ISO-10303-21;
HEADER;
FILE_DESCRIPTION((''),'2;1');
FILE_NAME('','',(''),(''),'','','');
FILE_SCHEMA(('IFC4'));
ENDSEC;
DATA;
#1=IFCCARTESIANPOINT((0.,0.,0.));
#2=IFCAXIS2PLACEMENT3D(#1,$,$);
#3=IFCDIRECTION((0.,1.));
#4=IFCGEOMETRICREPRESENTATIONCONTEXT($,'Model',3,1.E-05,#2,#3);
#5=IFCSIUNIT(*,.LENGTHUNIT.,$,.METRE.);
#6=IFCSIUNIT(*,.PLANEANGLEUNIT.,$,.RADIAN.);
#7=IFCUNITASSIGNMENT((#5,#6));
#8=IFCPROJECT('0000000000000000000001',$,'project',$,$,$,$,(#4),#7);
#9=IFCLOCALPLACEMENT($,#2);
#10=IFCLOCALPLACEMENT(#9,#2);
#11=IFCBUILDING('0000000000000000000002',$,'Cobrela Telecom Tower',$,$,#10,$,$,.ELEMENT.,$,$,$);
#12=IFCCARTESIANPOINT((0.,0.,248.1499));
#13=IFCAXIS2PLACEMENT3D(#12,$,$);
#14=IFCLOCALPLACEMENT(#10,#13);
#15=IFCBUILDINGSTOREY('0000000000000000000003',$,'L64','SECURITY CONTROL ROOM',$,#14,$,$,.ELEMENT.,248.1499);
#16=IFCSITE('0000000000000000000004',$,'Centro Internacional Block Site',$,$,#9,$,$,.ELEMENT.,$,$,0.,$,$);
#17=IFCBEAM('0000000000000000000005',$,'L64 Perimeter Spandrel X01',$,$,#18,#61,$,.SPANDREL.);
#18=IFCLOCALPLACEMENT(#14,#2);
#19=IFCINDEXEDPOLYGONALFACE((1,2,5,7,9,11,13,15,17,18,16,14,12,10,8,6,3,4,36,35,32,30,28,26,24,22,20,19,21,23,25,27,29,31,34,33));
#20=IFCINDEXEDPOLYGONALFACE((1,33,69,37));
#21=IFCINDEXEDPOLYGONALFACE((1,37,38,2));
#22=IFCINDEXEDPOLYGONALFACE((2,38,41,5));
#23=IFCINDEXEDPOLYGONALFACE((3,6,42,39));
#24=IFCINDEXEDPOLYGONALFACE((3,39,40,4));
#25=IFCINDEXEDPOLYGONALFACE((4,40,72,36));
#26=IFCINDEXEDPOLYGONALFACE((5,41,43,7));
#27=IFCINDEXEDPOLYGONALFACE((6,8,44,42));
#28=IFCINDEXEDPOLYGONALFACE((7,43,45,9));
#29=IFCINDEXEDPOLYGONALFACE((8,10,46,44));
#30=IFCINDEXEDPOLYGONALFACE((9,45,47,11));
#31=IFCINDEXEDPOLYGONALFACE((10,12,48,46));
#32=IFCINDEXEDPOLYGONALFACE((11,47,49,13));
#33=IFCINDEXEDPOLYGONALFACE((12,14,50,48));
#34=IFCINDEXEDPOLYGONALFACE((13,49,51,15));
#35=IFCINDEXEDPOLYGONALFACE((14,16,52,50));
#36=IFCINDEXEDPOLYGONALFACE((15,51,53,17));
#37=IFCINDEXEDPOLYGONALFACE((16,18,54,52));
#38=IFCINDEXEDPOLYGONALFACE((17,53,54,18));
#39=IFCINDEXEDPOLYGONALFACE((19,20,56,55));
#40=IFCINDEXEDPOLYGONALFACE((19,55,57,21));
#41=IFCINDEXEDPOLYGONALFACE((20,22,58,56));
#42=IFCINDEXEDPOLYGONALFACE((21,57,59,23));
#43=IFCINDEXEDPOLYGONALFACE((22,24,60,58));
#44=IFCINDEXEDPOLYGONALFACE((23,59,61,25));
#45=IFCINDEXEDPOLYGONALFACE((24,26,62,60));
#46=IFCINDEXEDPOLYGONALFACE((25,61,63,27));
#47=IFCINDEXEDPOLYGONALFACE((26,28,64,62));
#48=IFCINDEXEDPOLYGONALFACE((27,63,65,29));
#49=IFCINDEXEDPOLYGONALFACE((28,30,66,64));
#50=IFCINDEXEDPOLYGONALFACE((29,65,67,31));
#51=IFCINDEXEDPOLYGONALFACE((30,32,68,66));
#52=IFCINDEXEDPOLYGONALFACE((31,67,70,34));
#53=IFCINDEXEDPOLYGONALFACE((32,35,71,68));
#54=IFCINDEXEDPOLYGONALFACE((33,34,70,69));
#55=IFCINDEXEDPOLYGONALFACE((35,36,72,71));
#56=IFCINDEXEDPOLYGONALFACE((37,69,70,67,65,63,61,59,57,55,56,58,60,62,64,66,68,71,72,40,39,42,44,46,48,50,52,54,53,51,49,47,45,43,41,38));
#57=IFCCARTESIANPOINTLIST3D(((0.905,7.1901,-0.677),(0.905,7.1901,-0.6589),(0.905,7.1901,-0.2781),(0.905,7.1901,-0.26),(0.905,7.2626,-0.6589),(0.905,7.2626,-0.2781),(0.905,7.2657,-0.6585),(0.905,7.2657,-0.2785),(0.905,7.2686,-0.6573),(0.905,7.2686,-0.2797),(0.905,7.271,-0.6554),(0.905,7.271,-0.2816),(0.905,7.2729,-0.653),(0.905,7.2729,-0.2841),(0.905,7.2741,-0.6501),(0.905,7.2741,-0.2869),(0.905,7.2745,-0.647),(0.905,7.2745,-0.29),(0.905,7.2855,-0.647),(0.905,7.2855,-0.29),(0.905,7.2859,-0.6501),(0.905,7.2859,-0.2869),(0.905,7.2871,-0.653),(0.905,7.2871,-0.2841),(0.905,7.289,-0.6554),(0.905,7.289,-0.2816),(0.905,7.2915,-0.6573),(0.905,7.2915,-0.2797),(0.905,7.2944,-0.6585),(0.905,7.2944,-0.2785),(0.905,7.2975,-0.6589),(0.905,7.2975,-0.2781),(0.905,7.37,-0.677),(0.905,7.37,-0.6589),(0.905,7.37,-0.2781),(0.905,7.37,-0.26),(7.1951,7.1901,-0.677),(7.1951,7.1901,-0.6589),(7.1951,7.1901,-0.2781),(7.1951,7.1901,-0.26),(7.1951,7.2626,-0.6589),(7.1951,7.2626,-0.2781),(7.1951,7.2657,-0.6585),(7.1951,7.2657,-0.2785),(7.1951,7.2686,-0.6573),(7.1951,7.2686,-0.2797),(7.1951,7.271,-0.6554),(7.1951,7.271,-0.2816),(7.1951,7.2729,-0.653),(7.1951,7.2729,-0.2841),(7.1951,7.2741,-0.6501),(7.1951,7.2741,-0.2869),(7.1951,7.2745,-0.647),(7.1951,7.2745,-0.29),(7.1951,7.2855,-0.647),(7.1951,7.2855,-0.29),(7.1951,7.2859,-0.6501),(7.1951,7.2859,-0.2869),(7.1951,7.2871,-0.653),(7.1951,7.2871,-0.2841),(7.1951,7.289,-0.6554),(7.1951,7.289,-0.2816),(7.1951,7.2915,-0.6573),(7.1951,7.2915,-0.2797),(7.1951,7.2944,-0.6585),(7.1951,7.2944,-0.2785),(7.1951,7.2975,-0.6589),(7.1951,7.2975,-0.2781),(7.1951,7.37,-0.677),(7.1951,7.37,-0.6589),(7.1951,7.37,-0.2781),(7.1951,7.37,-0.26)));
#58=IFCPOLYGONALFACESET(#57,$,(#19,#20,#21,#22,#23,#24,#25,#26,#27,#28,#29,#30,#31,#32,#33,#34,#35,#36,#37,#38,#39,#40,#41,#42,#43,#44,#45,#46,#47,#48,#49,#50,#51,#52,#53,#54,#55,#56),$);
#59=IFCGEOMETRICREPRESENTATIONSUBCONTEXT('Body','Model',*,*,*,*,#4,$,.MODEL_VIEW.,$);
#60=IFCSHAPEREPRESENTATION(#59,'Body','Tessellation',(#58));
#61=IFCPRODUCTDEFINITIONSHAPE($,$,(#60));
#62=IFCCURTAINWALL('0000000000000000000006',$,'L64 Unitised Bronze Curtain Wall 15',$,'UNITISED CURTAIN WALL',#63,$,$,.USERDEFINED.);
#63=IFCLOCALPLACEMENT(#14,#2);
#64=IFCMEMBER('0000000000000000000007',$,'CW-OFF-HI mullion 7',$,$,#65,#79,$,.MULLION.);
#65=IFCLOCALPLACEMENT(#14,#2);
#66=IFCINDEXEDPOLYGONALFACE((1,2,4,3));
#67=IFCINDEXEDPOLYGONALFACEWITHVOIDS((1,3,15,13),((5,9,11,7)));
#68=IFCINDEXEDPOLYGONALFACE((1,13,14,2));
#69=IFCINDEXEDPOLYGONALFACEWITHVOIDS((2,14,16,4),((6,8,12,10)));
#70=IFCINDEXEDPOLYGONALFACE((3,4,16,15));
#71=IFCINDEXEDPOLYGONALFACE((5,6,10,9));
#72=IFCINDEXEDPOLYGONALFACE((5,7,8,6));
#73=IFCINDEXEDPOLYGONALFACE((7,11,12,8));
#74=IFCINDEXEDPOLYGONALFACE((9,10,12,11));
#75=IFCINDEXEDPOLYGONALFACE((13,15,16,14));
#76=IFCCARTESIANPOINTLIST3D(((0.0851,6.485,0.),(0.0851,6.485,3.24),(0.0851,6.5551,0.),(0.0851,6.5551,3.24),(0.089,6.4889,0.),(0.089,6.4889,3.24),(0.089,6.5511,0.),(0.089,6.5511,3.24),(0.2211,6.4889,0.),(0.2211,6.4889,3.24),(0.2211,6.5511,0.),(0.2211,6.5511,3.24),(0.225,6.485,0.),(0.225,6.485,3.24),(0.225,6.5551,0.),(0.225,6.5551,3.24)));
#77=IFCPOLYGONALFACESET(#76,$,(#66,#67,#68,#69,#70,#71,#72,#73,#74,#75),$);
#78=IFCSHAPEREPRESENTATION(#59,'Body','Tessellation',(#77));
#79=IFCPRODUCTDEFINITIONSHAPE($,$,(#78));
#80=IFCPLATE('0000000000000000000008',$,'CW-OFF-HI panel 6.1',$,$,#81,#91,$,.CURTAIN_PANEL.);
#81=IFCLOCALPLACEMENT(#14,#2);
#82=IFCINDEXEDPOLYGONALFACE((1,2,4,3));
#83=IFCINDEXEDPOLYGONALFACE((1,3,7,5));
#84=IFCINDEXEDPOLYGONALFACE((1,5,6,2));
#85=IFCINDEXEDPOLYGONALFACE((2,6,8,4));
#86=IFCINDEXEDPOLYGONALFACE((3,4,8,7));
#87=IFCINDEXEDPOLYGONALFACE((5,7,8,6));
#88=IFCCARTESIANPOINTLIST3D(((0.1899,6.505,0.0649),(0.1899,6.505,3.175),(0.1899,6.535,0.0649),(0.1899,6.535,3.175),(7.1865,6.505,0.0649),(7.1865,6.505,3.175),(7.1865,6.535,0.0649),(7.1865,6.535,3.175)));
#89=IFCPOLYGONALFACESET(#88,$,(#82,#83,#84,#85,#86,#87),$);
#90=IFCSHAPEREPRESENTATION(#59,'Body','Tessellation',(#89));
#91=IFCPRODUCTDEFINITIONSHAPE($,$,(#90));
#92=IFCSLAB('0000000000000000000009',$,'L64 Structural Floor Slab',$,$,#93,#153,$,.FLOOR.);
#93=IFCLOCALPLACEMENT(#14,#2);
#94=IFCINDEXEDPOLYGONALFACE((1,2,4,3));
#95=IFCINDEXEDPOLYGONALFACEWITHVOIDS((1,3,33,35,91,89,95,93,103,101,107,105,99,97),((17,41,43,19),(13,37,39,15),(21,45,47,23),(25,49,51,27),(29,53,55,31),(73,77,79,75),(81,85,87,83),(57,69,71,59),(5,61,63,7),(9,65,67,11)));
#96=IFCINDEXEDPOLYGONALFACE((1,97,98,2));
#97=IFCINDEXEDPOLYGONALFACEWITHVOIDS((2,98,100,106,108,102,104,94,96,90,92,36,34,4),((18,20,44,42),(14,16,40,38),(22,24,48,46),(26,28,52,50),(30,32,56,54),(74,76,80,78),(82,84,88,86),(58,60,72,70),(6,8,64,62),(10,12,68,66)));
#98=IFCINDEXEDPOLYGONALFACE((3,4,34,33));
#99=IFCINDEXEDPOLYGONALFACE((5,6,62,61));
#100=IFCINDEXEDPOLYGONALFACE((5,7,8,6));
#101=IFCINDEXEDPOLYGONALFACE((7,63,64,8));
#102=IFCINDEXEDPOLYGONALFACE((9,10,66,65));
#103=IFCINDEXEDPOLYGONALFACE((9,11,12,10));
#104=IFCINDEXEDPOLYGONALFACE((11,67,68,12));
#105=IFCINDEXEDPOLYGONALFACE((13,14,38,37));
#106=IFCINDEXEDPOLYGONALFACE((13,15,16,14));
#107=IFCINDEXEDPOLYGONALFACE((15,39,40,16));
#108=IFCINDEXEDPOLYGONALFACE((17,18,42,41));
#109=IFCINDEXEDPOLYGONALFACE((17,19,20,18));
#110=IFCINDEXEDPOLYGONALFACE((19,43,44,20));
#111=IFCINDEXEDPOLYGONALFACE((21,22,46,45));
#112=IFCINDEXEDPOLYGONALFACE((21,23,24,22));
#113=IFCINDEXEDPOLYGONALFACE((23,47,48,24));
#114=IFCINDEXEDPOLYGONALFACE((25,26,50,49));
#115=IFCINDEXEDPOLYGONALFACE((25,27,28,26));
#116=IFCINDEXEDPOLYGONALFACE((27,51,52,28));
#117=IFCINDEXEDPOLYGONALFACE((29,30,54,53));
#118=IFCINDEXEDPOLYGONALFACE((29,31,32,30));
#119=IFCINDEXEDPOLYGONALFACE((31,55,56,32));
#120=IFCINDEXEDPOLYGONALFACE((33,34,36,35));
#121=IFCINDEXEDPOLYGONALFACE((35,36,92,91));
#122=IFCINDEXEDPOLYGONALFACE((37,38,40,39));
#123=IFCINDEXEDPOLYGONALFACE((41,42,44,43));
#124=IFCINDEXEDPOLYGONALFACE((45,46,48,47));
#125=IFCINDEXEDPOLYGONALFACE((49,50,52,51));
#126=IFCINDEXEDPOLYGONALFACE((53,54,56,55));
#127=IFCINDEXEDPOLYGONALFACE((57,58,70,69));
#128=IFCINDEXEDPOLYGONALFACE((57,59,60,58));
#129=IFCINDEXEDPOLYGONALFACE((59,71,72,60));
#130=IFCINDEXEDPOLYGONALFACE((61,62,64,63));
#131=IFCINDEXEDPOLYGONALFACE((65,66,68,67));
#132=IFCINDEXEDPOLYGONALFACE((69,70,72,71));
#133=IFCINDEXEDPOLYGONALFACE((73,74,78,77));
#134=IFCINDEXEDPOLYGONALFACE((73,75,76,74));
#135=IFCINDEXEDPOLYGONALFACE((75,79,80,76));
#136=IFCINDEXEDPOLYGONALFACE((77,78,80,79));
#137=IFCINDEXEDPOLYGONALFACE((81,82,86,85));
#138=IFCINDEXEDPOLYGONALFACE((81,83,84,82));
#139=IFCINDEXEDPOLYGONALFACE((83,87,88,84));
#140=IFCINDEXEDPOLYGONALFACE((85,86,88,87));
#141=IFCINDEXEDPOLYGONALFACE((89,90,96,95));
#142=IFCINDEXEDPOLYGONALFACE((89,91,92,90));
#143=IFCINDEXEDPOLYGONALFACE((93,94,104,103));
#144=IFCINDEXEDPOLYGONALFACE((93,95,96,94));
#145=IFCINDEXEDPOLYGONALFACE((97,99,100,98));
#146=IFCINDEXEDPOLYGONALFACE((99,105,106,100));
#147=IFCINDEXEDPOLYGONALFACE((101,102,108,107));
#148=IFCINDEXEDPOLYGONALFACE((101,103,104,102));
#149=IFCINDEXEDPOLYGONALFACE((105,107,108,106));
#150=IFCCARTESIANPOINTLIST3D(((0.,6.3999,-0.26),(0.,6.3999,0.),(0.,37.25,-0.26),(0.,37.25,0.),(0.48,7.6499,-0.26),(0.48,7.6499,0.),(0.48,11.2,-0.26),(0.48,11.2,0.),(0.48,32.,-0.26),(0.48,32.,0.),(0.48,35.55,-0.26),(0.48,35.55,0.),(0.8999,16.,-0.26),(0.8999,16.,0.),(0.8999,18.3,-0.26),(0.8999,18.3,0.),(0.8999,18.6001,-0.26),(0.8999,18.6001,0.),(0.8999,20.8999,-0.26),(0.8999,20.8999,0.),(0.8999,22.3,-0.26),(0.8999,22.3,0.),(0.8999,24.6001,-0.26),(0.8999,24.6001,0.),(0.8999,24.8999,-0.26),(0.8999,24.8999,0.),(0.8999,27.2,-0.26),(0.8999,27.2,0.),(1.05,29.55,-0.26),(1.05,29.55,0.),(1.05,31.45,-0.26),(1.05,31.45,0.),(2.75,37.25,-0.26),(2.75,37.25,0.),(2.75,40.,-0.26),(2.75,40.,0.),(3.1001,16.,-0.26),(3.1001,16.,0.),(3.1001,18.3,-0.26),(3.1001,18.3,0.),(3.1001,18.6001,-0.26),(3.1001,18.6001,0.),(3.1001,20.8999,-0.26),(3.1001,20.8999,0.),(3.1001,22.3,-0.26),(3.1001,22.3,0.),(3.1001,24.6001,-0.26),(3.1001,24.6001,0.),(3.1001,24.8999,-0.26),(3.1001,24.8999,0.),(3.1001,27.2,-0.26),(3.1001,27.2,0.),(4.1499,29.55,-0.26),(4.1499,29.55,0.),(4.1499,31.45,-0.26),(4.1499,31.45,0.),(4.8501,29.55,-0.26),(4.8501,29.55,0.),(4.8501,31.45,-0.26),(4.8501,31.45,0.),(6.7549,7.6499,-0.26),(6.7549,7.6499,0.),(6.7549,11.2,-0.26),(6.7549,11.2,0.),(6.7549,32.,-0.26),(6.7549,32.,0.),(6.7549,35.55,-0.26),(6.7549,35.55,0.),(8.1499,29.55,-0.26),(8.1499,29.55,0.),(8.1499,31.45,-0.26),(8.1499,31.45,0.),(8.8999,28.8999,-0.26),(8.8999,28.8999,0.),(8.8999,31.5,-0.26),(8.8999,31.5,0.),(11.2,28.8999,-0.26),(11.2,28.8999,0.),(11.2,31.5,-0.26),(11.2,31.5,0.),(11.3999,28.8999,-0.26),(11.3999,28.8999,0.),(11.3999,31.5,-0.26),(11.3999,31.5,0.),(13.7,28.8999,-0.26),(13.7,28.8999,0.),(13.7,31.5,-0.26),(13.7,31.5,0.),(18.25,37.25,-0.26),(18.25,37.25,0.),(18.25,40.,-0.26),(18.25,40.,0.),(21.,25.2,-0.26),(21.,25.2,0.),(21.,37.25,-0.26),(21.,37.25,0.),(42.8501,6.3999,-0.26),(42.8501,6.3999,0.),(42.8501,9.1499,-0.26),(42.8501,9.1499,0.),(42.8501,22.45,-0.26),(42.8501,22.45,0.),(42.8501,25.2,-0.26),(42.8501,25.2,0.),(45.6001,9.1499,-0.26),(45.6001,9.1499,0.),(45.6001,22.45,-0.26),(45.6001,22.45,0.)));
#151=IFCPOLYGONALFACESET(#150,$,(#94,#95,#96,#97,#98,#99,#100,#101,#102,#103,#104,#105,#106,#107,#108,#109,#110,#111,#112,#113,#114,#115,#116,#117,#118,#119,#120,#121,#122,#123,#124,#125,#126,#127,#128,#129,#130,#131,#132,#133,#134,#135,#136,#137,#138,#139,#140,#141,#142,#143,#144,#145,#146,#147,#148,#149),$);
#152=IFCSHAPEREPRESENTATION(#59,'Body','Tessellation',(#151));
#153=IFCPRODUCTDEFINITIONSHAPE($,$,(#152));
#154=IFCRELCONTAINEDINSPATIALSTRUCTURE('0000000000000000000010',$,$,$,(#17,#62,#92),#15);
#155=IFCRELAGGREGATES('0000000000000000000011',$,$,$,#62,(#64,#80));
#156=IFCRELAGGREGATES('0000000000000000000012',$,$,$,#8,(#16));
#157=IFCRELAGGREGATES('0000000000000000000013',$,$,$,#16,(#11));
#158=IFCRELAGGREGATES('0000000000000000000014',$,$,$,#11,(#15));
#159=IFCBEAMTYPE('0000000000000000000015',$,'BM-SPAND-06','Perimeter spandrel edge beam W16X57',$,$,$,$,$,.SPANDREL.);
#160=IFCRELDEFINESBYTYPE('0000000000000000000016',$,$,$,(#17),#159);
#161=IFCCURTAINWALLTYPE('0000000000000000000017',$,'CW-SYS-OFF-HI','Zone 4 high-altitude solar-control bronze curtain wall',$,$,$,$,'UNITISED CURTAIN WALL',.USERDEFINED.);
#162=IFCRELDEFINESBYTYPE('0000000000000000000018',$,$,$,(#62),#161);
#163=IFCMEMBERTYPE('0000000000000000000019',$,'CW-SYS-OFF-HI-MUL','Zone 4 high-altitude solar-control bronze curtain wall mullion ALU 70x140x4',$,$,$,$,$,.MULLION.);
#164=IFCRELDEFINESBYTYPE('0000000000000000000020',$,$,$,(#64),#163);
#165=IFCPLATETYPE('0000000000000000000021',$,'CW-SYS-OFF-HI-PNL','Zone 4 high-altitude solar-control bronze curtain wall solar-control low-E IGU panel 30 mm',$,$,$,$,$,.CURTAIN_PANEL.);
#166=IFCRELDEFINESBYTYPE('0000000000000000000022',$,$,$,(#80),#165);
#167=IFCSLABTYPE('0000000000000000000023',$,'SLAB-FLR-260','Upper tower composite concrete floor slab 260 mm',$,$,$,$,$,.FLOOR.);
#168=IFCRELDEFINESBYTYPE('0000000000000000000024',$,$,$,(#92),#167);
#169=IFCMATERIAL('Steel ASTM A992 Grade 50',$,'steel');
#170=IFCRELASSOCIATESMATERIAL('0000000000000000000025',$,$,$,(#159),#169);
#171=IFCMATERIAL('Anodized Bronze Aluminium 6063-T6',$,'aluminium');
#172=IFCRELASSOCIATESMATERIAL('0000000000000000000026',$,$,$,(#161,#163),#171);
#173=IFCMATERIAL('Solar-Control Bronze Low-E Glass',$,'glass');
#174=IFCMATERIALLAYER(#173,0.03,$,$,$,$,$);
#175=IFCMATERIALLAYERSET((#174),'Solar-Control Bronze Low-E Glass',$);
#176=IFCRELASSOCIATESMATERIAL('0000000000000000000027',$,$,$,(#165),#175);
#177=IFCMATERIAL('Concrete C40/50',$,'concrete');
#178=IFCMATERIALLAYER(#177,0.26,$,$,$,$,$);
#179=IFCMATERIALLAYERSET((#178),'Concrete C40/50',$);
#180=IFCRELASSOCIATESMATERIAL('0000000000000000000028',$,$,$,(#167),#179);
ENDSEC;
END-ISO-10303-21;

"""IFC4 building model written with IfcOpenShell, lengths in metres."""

from ifc_helpers import new_model, si_unit, direction, frame, origin, origin_2d, place, context, subcontext, project, spatial, polyline, rectangle, hollow_rectangle, i_section, outline, extrude, material, layer, layer_set, material_profile, profile_set, type_object, element, aggregate, save


model = new_model("IFC4")

# Units and contexts
model_context = context("Model", 3, precision=1e-05, world=origin(), true_north=direction((0.0, 1.0)))
body_context = subcontext(model_context, "Body", "Model", "MODEL_VIEW")
ifc_project = project(units=[si_unit("LENGTHUNIT", "METRE"), si_unit("PLANEANGLEUNIT", "RADIAN")], contexts=[model_context])

# Site, building, storey
site_placement = place(None, origin())
site = spatial("IfcSite", under=ifc_project, at=site_placement, Name="Centro Internacional Block Site", CompositionType="ELEMENT", RefElevation=0.0)
building_placement = place(site_placement, origin())
building = spatial("IfcBuilding", under=site, at=building_placement, Name="Cobrela Telecom Tower", CompositionType="ELEMENT")
storey_placement = place(building_placement, frame((0.0, 0.0, 248.1499)))
storey = spatial("IfcBuildingStorey", under=building, at=storey_placement, Name="L64", Description="SECURITY CONTROL ROOM", CompositionType="ELEMENT", Elevation=248.1499)

# Beam
ifc_material_1 = material(Name="Steel ASTM A992 Grade 50", Category="steel")
ifc_material_profile_1 = material_profile(ifc_material_1, i_section(OverallWidth=0.1799, OverallDepth=0.417, WebThickness=0.011, FlangeThickness=0.0181, FilletRadius=0.012, at=origin_2d()), Name="W16X57")
ifc_profile_set_1 = profile_set([ifc_material_profile_1], Name="Steel ASTM A992 Grade 50")
beam_type = type_object("IfcBeamType", Name="BM-SPAND-06", Description="Perimeter spandrel edge beam W16X57", PredefinedType="SPANDREL", material=ifc_profile_set_1)
beam_placement = place(storey_placement, frame((0.905, 7.28, -0.4685), z_axis=(1.0, 0.0, 0.0), x_axis=(0.0, 1.0, 0.0)))
element("IfcBeam", 1, at=beam_placement, inside=storey, type_object=beam_type, Name="L64 Perimeter Spandrel X01", PredefinedType="SPANDREL", context=body_context, shape_type="SweptSolid", body=[
    extrude(i_section(OverallWidth=0.1799, OverallDepth=0.417, WebThickness=0.011, FlangeThickness=0.0181, FilletRadius=0.012, at=origin_2d()), origin(), (0.0, 0.0, 1.0), 6.29),
])

# Curtain wall, member, plate
ifc_material_2 = material(Name="Anodized Bronze Aluminium 6063-T6", Category="aluminium")
curtain_wall_type = type_object("IfcCurtainWallType", Name="CW-SYS-OFF-HI", Description="Zone 4 high-altitude solar-control bronze curtain wall", ElementType="UNITISED CURTAIN WALL", PredefinedType="USERDEFINED", material=ifc_material_2)
curtain_wall_placement = place(storey_placement, origin())
curtain_wall = element("IfcCurtainWall", 2, at=curtain_wall_placement, inside=storey, type_object=curtain_wall_type, Name="L64 Unitised Bronze Curtain Wall 15", ObjectType="UNITISED CURTAIN WALL", PredefinedType="USERDEFINED")
ifc_material_profile_2 = material_profile(ifc_material_2, hollow_rectangle(XDim=0.0701, YDim=0.1399, WallThickness=0.0039, at=origin_2d()), Name="ALU 70x140x4")
ifc_profile_set_2 = profile_set([ifc_material_profile_2], Name="Anodized Bronze Aluminium 6063-T6")
member_type = type_object("IfcMemberType", Name="CW-SYS-OFF-HI-MUL", Description="Zone 4 high-altitude solar-control bronze curtain wall mullion ALU 70x140x4", PredefinedType="MULLION", material=ifc_profile_set_2)
member_placement = place(storey_placement, frame((0.155, 6.52, 0.0), z_axis=(0.0, 0.0, 1.0), x_axis=(0.0, -1.0, 0.0)))
member = element("IfcMember", 3, at=member_placement, type_object=member_type, Name="CW-OFF-HI mullion 7", PredefinedType="MULLION", context=body_context, shape_type="SweptSolid", body=[
    extrude(hollow_rectangle(XDim=0.0701, YDim=0.1399, WallThickness=0.0039, at=origin_2d()), origin(), (0.0, 0.0, 1.0), 3.24),
])
ifc_material_3 = material(Name="Solar-Control Bronze Low-E Glass", Category="glass")
ifc_layer_1 = layer(ifc_material_3, 0.03)
ifc_layer_set_1 = layer_set([ifc_layer_1], Name="Solar-Control Bronze Low-E Glass")
plate_type = type_object("IfcPlateType", Name="CW-SYS-OFF-HI-PNL", Description="Zone 4 high-altitude solar-control bronze curtain wall solar-control low-E IGU panel 30 mm", PredefinedType="CURTAIN_PANEL", material=ifc_layer_set_1)
plate_placement = place(storey_placement, frame((3.6882, 6.52, 0.0649), z_axis=(0.0, 0.0, 1.0), x_axis=(-1.0, 0.0, 0.0)))
plate = element("IfcPlate", 4, at=plate_placement, type_object=plate_type, Name="CW-OFF-HI panel 6.1", PredefinedType="CURTAIN_PANEL", context=body_context, shape_type="SweptSolid", body=[
    extrude(rectangle(XDim=6.9966, YDim=0.03, at=origin_2d()), origin(), (0.0, 0.0, 1.0), 3.1101),
])
aggregate(curtain_wall, [member, plate])

# Slab, openings
ifc_material_4 = material(Name="Concrete C40/50", Category="concrete")
ifc_layer_2 = layer(ifc_material_4, 0.26)
ifc_layer_set_2 = layer_set([ifc_layer_2], Name="Concrete C40/50")
slab_type_1 = type_object("IfcSlabType", Name="SLAB-FLR-260", Description="Upper tower composite concrete floor slab 260 mm", PredefinedType="FLOOR", material=ifc_layer_set_2)
slab_1_placement = place(storey_placement, frame((0.0, 0.0, -0.26)))
slab_1 = element("IfcSlab", 5, at=slab_1_placement, inside=storey, type_object=slab_type_1, Name="L64 Structural Floor Slab", PredefinedType="FLOOR", context=body_context, shape_type="SweptSolid", body=[
    extrude(outline(polyline([(0.0, 6.3999), (42.8501, 6.3999), (42.8501, 9.1499), (45.6001, 9.1499), (45.6001, 22.45), (42.8501, 22.45), (42.8501, 25.2), (21.0, 25.2), (21.0, 37.25), (18.25, 37.25), (18.25, 40.0), (2.75, 40.0), (2.75, 37.25), (0.0, 37.25), (0.0, 6.3999)])), origin(), (0.0, 0.0, 1.0), 0.26),
])
opening_1_placement = place(slab_1_placement, frame((0.0, 0.0, -0.02)))
element("IfcOpeningElement", 6, at=opening_1_placement, cuts=slab_1, PredefinedType="OPENING", context=body_context, shape_type="SweptSolid", body=[
    extrude(outline(polyline([(8.8999, 28.8999), (11.2, 28.8999), (11.2, 31.5), (8.8999, 31.5), (8.8999, 28.8999)])), origin(), (0.0, 0.0, 1.0), 0.3),
])
opening_2_placement = place(slab_1_placement, frame((0.0, 0.0, -0.02)))
element("IfcOpeningElement", 7, at=opening_2_placement, cuts=slab_1, PredefinedType="OPENING", context=body_context, shape_type="SweptSolid", body=[
    extrude(outline(polyline([(11.3999, 28.8999), (13.7, 28.8999), (13.7, 31.5), (11.3999, 31.5), (11.3999, 28.8999)])), origin(), (0.0, 0.0, 1.0), 0.3),
])
opening_3_placement = place(slab_1_placement, frame((0.0, 0.0, -0.02)))
element("IfcOpeningElement", 8, at=opening_3_placement, cuts=slab_1, PredefinedType="OPENING", context=body_context, shape_type="SweptSolid", body=[
    extrude(outline(polyline([(0.8999, 16.0), (3.1001, 16.0), (3.1001, 18.3), (0.8999, 18.3), (0.8999, 16.0)])), origin(), (0.0, 0.0, 1.0), 0.3),
])
opening_4_placement = place(slab_1_placement, frame((0.0, 0.0, -0.02)))
element("IfcOpeningElement", 9, at=opening_4_placement, cuts=slab_1, PredefinedType="OPENING", context=body_context, shape_type="SweptSolid", body=[
    extrude(outline(polyline([(0.8999, 18.6001), (3.1001, 18.6001), (3.1001, 20.8999), (0.8999, 20.8999), (0.8999, 18.6001)])), origin(), (0.0, 0.0, 1.0), 0.3),
])
opening_5_placement = place(slab_1_placement, frame((0.0, 0.0, -0.02)))
element("IfcOpeningElement", 10, at=opening_5_placement, cuts=slab_1, PredefinedType="OPENING", context=body_context, shape_type="SweptSolid", body=[
    extrude(outline(polyline([(0.8999, 22.3), (3.1001, 22.3), (3.1001, 24.6001), (0.8999, 24.6001), (0.8999, 22.3)])), origin(), (0.0, 0.0, 1.0), 0.3),
])
opening_6_placement = place(slab_1_placement, frame((0.0, 0.0, -0.02)))
element("IfcOpeningElement", 11, at=opening_6_placement, cuts=slab_1, PredefinedType="OPENING", context=body_context, shape_type="SweptSolid", body=[
    extrude(outline(polyline([(0.8999, 24.8999), (3.1001, 24.8999), (3.1001, 27.2), (0.8999, 27.2), (0.8999, 24.8999)])), origin(), (0.0, 0.0, 1.0), 0.3),
])
opening_7_placement = place(slab_1_placement, frame((0.0, 0.0, -0.02)))
element("IfcOpeningElement", 12, at=opening_7_placement, cuts=slab_1, PredefinedType="OPENING", context=body_context, shape_type="SweptSolid", body=[
    extrude(outline(polyline([(1.05, 29.55), (4.1499, 29.55), (4.1499, 31.45), (1.05, 31.45), (1.05, 29.55)])), origin(), (0.0, 0.0, 1.0), 0.3),
])
opening_8_placement = place(slab_1_placement, frame((0.0, 0.0, -0.02)))
element("IfcOpeningElement", 13, at=opening_8_placement, cuts=slab_1, PredefinedType="OPENING", context=body_context, shape_type="SweptSolid", body=[
    extrude(outline(polyline([(4.8501, 29.55), (8.1499, 29.55), (8.1499, 31.45), (4.8501, 31.45), (4.8501, 29.55)])), origin(), (0.0, 0.0, 1.0), 0.3),
])
opening_9_placement = place(slab_1_placement, frame((0.0, 0.0, -0.02)))
element("IfcOpeningElement", 14, at=opening_9_placement, cuts=slab_1, PredefinedType="OPENING", context=body_context, shape_type="SweptSolid", body=[
    extrude(outline(polyline([(6.7549, 35.55), (0.48, 35.55), (0.48, 32.0), (6.7549, 32.0), (6.7549, 35.55)])), origin(), (0.0, 0.0, 1.0), 0.3),
])
opening_10_placement = place(slab_1_placement, frame((0.0, 0.0, -0.02)))
element("IfcOpeningElement", 15, at=opening_10_placement, cuts=slab_1, PredefinedType="OPENING", context=body_context, shape_type="SweptSolid", body=[
    extrude(outline(polyline([(6.7549, 11.2), (0.48, 11.2), (0.48, 7.6499), (6.7549, 7.6499), (6.7549, 11.2)])), origin(), (0.0, 0.0, 1.0), 0.3),
])

save(model, "model.ifc")
